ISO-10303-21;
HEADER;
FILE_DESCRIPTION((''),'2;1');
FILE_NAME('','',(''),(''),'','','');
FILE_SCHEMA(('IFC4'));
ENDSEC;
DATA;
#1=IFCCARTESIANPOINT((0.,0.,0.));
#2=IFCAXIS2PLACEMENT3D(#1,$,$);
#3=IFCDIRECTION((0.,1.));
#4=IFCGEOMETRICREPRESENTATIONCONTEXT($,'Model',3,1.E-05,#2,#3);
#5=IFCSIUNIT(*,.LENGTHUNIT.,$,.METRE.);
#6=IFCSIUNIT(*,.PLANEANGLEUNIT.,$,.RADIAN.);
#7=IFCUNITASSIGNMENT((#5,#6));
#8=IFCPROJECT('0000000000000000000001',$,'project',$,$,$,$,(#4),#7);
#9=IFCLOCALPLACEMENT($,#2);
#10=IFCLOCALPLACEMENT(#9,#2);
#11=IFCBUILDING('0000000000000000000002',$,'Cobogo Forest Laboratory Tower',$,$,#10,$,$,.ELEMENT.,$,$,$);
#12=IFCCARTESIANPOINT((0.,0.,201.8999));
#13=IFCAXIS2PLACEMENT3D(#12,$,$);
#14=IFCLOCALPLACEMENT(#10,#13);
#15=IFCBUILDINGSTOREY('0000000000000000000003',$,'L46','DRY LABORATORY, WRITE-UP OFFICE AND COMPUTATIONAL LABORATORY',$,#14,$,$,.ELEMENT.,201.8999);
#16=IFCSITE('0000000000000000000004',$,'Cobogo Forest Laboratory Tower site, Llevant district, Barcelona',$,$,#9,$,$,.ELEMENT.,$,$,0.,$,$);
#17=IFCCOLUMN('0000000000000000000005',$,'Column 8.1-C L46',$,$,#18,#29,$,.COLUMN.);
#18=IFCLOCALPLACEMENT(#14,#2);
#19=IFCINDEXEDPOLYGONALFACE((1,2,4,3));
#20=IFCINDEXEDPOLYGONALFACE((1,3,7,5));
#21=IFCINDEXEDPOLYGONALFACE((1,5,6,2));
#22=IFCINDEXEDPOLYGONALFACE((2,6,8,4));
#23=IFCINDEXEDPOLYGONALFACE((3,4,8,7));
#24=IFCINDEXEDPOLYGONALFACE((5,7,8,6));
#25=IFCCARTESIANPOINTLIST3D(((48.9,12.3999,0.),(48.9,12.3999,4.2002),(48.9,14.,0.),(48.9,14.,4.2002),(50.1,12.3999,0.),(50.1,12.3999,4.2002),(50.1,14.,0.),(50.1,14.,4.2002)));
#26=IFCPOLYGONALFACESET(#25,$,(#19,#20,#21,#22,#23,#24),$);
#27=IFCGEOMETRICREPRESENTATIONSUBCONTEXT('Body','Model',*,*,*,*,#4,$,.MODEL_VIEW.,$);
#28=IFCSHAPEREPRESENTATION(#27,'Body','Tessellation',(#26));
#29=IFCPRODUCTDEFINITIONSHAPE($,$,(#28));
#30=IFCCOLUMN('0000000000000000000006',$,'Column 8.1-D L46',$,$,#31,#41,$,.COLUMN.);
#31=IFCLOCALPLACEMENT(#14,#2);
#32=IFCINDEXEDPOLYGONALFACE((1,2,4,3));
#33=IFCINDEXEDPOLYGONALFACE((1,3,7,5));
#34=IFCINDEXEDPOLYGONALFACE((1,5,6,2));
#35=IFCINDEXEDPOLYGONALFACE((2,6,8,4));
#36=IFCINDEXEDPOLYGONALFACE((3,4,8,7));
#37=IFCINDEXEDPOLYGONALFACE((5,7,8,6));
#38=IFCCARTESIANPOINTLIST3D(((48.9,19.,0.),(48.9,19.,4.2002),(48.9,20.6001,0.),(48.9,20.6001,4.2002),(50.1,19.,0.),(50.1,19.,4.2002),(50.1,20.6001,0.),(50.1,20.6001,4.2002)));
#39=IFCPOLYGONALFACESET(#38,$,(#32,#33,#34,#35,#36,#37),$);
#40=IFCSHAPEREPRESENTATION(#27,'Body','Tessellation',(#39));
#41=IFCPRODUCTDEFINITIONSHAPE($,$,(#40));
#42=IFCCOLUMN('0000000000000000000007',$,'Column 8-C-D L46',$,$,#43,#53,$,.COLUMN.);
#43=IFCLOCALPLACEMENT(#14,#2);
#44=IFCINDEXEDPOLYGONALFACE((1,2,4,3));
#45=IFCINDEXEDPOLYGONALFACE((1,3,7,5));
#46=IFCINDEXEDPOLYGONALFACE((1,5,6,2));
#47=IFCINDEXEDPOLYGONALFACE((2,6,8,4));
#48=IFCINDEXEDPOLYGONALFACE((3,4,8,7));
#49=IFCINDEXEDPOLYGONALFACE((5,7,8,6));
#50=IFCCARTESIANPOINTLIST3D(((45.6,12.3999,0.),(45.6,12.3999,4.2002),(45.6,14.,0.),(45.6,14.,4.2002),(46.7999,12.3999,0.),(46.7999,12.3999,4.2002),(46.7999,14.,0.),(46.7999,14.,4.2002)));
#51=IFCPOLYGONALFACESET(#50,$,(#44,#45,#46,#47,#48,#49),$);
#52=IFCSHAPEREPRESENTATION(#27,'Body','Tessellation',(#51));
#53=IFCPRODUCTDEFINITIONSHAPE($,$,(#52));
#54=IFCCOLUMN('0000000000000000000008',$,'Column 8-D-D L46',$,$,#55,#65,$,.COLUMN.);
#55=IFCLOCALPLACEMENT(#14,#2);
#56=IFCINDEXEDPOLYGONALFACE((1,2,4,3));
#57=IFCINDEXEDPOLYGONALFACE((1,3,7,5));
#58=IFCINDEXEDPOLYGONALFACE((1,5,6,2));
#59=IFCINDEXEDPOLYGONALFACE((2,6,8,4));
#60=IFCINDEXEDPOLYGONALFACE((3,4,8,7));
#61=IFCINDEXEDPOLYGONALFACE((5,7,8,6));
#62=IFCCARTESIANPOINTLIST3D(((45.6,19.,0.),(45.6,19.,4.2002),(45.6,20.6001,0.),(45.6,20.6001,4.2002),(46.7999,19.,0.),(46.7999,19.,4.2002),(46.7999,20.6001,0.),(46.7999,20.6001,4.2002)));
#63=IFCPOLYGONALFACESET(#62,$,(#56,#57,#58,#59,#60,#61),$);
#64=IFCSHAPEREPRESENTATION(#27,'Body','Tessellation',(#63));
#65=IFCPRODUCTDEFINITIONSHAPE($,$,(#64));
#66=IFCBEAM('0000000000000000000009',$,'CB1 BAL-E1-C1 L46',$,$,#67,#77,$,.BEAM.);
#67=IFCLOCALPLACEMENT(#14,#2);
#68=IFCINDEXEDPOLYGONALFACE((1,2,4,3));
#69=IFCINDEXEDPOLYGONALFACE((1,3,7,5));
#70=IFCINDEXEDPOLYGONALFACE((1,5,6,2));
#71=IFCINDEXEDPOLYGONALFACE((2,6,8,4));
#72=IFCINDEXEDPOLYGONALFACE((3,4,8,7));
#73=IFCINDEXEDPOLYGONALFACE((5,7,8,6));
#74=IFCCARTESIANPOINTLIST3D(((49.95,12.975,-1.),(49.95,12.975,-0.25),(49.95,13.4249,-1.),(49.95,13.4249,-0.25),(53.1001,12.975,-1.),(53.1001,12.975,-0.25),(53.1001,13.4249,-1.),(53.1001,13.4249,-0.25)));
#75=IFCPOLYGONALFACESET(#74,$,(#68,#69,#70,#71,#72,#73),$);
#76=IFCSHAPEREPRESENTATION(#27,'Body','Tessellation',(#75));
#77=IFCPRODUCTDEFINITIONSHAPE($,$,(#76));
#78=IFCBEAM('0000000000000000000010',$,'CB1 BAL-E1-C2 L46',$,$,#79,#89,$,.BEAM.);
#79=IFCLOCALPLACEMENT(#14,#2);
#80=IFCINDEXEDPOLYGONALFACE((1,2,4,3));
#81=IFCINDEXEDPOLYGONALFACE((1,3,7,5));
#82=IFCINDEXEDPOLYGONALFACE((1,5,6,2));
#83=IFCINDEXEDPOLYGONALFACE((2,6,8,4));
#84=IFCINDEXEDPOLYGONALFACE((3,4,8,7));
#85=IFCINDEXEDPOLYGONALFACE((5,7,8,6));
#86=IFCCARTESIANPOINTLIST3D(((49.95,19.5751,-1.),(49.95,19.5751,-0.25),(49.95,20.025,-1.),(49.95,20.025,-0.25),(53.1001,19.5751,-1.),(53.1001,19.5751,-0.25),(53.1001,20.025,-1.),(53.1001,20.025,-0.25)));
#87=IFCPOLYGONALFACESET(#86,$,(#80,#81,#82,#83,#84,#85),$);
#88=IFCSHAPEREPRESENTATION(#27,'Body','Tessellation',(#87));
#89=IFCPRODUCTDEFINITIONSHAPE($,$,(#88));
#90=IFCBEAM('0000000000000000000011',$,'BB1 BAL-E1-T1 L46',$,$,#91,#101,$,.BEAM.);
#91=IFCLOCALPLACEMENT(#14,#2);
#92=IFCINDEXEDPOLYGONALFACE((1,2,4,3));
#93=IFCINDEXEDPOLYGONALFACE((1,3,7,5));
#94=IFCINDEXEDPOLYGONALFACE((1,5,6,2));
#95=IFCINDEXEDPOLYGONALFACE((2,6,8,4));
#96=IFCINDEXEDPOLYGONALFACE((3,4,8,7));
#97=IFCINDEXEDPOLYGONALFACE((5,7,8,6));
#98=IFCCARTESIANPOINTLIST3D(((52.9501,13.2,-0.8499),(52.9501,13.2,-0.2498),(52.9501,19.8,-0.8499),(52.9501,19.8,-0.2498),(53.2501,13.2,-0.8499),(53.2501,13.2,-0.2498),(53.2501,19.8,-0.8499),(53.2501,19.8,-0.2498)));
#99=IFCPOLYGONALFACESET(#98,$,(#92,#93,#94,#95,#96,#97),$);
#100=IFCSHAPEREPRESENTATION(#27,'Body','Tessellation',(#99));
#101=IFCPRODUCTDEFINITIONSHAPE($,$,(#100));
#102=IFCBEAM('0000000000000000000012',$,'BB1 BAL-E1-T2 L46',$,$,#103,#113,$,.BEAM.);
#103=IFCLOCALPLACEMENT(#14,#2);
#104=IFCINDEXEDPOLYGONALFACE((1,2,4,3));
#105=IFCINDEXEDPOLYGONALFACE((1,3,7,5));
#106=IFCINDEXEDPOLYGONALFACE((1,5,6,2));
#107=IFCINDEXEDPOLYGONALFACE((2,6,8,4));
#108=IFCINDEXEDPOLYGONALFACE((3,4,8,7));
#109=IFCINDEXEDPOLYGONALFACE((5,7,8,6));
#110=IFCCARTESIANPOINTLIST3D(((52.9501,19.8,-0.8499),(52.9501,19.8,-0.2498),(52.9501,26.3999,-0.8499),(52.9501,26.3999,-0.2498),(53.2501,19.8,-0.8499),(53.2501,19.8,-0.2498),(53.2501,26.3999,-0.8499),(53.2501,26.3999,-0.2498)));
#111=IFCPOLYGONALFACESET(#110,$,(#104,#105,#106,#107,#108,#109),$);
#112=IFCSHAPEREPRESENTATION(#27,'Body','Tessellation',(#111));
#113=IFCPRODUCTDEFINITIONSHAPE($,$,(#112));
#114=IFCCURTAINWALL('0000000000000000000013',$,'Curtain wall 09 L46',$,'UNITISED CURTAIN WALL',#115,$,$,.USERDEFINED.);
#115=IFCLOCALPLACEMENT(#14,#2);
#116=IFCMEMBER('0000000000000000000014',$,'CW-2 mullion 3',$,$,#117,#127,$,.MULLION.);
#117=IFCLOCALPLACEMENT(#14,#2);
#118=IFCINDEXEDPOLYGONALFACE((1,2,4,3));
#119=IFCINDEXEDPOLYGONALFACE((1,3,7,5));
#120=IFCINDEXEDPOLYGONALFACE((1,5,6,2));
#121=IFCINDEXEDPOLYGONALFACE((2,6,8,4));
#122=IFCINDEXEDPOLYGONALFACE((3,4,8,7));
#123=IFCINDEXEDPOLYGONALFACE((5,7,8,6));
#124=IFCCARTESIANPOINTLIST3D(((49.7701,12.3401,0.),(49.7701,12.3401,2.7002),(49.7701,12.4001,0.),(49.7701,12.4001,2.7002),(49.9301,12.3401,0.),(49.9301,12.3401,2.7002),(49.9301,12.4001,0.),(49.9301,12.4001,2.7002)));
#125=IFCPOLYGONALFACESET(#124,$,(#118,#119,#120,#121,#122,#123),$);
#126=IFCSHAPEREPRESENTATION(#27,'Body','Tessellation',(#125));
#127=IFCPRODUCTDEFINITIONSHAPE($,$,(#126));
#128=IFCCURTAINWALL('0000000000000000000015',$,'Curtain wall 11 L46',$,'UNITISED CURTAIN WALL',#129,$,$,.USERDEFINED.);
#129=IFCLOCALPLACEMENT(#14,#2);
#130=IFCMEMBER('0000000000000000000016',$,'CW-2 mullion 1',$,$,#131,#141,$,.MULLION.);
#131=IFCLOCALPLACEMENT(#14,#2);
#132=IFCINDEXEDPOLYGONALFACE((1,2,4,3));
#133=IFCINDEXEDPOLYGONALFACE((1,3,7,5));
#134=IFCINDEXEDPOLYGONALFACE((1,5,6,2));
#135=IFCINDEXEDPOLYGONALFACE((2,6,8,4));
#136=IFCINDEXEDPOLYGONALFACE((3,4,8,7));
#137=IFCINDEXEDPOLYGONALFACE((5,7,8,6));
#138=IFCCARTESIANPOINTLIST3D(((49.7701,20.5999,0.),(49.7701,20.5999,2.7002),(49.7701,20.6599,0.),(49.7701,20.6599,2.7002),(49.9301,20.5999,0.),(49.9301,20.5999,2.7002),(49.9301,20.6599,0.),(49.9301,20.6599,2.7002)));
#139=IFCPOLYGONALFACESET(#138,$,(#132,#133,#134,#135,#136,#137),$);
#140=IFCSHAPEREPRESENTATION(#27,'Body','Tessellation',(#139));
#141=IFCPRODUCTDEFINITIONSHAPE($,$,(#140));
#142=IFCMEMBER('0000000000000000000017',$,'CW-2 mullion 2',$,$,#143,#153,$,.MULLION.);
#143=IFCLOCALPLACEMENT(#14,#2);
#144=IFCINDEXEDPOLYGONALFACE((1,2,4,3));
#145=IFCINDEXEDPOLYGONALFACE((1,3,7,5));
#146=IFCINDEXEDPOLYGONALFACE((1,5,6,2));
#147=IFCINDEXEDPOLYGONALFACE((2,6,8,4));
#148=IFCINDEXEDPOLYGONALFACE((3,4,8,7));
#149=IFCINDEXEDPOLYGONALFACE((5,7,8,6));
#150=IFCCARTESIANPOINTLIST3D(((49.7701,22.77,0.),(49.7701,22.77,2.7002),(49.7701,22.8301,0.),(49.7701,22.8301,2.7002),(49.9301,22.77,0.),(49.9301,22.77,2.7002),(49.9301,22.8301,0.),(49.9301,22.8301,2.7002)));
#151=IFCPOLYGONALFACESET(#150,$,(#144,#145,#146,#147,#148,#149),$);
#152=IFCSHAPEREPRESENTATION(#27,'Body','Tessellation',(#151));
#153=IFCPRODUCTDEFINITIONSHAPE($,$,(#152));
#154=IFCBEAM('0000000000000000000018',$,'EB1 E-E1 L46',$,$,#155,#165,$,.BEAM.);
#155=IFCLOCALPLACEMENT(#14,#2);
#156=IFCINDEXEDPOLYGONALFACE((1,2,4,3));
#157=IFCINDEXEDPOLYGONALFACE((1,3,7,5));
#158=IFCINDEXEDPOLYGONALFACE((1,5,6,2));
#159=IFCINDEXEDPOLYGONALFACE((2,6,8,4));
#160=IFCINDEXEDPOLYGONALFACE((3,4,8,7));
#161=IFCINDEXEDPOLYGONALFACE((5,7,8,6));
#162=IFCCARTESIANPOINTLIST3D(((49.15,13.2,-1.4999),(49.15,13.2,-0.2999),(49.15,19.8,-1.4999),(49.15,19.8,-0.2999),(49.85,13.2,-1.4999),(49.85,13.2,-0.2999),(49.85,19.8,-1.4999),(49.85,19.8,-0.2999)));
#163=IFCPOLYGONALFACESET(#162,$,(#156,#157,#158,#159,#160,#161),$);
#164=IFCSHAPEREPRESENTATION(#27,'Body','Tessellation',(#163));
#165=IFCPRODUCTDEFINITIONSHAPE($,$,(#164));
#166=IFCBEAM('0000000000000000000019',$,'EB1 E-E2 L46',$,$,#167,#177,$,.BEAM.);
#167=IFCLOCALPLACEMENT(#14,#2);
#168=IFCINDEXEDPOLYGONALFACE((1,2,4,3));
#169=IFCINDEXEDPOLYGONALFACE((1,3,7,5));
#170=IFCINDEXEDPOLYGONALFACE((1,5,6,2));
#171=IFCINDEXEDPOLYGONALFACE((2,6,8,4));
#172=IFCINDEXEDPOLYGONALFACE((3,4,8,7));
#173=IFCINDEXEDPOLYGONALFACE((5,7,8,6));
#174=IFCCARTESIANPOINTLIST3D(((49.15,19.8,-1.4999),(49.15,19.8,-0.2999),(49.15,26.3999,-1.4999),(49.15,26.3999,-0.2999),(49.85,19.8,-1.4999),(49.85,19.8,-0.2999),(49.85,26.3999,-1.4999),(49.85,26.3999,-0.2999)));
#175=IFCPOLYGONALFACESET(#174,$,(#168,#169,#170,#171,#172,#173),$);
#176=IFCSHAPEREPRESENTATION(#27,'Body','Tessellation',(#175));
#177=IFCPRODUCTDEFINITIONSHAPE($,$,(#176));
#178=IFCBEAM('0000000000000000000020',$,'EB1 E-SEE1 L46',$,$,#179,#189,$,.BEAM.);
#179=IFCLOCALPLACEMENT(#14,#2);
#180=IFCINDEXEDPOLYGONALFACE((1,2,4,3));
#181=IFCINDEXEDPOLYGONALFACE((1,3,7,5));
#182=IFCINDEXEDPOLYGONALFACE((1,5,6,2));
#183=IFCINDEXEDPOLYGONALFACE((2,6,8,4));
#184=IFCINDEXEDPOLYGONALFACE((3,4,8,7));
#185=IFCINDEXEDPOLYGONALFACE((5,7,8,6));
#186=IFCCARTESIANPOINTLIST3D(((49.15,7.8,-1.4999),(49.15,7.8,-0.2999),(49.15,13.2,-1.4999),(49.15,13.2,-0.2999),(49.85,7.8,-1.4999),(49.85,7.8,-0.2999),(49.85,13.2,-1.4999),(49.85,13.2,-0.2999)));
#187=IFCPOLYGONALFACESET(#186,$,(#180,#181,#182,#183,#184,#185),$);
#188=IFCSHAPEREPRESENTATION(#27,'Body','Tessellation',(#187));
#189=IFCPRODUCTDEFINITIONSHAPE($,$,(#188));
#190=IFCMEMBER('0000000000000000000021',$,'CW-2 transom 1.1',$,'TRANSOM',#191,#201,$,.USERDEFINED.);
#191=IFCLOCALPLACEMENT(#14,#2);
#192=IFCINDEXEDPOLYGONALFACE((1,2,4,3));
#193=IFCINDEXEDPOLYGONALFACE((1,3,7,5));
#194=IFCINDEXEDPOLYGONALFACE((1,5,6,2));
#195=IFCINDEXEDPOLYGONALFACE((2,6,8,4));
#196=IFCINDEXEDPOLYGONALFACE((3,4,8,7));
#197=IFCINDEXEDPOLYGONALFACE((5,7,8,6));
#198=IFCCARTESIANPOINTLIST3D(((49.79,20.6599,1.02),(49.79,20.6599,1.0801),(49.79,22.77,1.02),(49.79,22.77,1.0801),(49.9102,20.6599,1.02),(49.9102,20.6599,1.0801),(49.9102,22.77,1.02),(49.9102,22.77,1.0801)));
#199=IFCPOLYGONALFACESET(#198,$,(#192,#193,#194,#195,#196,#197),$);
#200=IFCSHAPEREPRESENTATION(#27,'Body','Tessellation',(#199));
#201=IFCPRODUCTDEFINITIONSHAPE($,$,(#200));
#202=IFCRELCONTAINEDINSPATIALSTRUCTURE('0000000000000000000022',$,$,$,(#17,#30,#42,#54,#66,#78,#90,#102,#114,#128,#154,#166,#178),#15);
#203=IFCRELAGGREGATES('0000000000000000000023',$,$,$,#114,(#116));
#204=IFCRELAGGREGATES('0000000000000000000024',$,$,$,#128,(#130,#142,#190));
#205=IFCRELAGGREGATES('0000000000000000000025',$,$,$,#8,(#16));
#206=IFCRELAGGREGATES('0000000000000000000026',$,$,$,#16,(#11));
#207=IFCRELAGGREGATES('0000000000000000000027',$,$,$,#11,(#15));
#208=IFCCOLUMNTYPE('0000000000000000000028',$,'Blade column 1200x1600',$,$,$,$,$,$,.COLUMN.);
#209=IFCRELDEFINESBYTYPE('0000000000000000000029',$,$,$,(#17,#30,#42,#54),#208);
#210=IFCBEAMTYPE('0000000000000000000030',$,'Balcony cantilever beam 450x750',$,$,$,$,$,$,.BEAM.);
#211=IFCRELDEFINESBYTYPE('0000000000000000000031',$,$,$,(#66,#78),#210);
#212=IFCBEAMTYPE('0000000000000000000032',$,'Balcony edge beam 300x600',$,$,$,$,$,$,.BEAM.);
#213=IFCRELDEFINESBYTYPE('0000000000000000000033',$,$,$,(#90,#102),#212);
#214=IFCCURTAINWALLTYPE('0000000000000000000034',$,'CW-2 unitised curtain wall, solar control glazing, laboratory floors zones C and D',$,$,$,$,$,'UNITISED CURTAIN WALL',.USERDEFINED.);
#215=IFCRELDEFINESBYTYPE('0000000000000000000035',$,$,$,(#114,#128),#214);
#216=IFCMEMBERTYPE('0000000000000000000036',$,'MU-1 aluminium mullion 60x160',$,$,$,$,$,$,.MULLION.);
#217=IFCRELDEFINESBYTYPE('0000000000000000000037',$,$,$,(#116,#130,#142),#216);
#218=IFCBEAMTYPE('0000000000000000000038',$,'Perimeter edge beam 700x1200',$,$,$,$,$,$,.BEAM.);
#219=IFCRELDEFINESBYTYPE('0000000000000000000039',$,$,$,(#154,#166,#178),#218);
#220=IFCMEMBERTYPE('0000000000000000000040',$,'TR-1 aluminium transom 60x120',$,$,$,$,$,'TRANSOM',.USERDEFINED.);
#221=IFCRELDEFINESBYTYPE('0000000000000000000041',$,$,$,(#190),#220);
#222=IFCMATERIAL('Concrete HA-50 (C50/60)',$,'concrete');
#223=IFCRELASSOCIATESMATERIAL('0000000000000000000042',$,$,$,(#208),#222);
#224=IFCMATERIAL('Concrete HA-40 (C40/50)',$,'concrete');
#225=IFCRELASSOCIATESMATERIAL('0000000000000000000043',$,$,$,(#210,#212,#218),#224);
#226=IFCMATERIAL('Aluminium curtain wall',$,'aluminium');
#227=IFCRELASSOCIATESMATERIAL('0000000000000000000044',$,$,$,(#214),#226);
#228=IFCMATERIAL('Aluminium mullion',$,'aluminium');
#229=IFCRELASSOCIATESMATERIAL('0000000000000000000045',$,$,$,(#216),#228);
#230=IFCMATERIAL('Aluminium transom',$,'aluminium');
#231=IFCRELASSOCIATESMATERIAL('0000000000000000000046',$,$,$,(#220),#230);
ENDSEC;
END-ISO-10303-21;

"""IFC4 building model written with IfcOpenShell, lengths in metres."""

from ifc_helpers import new_model, si_unit, direction, frame, origin, origin_2d, place, context, subcontext, project, spatial, rectangle, extrude, material, material_profile, profile_set, type_object, element, aggregate, save


model = new_model("IFC4")

# Units and contexts
model_context = context("Model", 3, precision=1e-05, world=origin(), true_north=direction((0.0, 1.0)))
body_context = subcontext(model_context, "Body", "Model", "MODEL_VIEW")
ifc_project = project(units=[si_unit("LENGTHUNIT", "METRE"), si_unit("PLANEANGLEUNIT", "RADIAN")], contexts=[model_context])

# Site, building, storey
site_placement = place(None, origin())
site = spatial("IfcSite", under=ifc_project, at=site_placement, Name="Cobogo Forest Laboratory Tower site, Llevant district, Barcelona", CompositionType="ELEMENT", RefElevation=0.0)
building_placement = place(site_placement, origin())
building = spatial("IfcBuilding", under=site, at=building_placement, Name="Cobogo Forest Laboratory Tower", CompositionType="ELEMENT")
storey_placement = place(building_placement, frame((0.0, 0.0, 201.8999)))
storey = spatial("IfcBuildingStorey", under=building, at=storey_placement, Name="L46", Description="DRY LABORATORY, WRITE-UP OFFICE AND COMPUTATIONAL LABORATORY", CompositionType="ELEMENT", Elevation=201.8999)

# Columns
ifc_material_1 = material(Name="Concrete HA-50 (C50/60)", Category="concrete")
ifc_material_profile_1 = material_profile(ifc_material_1, rectangle(XDim=1.6001, YDim=1.2, at=origin_2d()), Name="RC 1200x1600")
ifc_profile_set_1 = profile_set([ifc_material_profile_1], Name="Concrete HA-50 (C50/60)")
column_type = type_object("IfcColumnType", Name="Blade column 1200x1600", PredefinedType="COLUMN", material=ifc_profile_set_1)
for number, where, z_axis, x_axis, name in (
    (1, (49.5, 13.2, 0.0), (0.0, 0.0, 1.0), (0.0, 1.0, 0.0), "Column 8.1-C L46"),
    (2, (49.5, 19.8, 0.0), (0.0, 0.0, 1.0), (0.0, 1.0, 0.0), "Column 8.1-D L46"),
    (3, (46.2, 13.2, 0.0), (0.0, 0.0, 1.0), (0.0, 1.0, 0.0), "Column 8-C-D L46"),
    (4, (46.2, 19.8, 0.0), (0.0, 0.0, 1.0), (0.0, 1.0, 0.0), "Column 8-D-D L46"),
):
    element("IfcColumn", number, at=place(storey_placement, frame(where, z_axis=z_axis, x_axis=x_axis)), inside=storey, type_object=column_type, Name=name, PredefinedType="COLUMN", context=body_context, shape_type="SweptSolid", body=[
        extrude(rectangle(XDim=1.6001, YDim=1.2, at=origin_2d()), origin(), (0.0, 0.0, 1.0), 4.2002),
    ])

# Beams
ifc_material_2 = material(Name="Concrete HA-40 (C40/50)", Category="concrete")
ifc_material_profile_2 = material_profile(ifc_material_2, rectangle(XDim=0.45, YDim=0.75, at=origin_2d()), Name="RC 450x750")
ifc_profile_set_2 = profile_set([ifc_material_profile_2], Name="Concrete HA-40 (C40/50)")
beam_type_1 = type_object("IfcBeamType", Name="Balcony cantilever beam 450x750", PredefinedType="BEAM", material=ifc_profile_set_2)
for number, where, z_axis, x_axis, name in (
    (5, (49.95, 13.2, -0.625), (1.0, 0.0, 0.0), (0.0, 1.0, 0.0), "CB1 BAL-E1-C1 L46"),
    (6, (49.95, 19.8, -0.625), (1.0, 0.0, 0.0), (0.0, 1.0, 0.0), "CB1 BAL-E1-C2 L46"),
):
    element("IfcBeam", number, at=place(storey_placement, frame(where, z_axis=z_axis, x_axis=x_axis)), inside=storey, type_object=beam_type_1, Name=name, PredefinedType="BEAM", context=body_context, shape_type="SweptSolid", body=[
        extrude(rectangle(XDim=0.45, YDim=0.75, at=origin_2d()), origin(), (0.0, 0.0, 1.0), 3.1501),
    ])
ifc_material_profile_3 = material_profile(ifc_material_2, rectangle(XDim=0.3, YDim=0.6001, at=origin_2d()), Name="RC 300x600")
ifc_profile_set_3 = profile_set([ifc_material_profile_3], Name="Concrete HA-40 (C40/50)")
beam_type_2 = type_object("IfcBeamType", Name="Balcony edge beam 300x600", PredefinedType="BEAM", material=ifc_profile_set_3)
beam_1_placement = place(storey_placement, frame((53.1001, 13.2, -0.5498), z_axis=(0.0, 1.0, 0.0), x_axis=(-1.0, 0.0, 0.0)))
element("IfcBeam", 7, at=beam_1_placement, inside=storey, type_object=beam_type_2, Name="BB1 BAL-E1-T1 L46", PredefinedType="BEAM", context=body_context, shape_type="SweptSolid", body=[
    extrude(rectangle(XDim=0.3, YDim=0.6001, at=origin_2d()), origin(), (0.0, 0.0, 1.0), 6.6001),
])
beam_2_placement = place(storey_placement, frame((53.1001, 19.8, -0.5498), z_axis=(0.0, 1.0, 0.0), x_axis=(-1.0, 0.0, 0.0)))
element("IfcBeam", 8, at=beam_2_placement, inside=storey, type_object=beam_type_2, Name="BB1 BAL-E1-T2 L46", PredefinedType="BEAM", context=body_context, shape_type="SweptSolid", body=[
    extrude(rectangle(XDim=0.3, YDim=0.6001, at=origin_2d()), origin(), (0.0, 0.0, 1.0), 6.5999),
])

# Curtain wall, member
ifc_material_3 = material(Name="Aluminium curtain wall", Category="aluminium")
curtain_wall_type = type_object("IfcCurtainWallType", Name="CW-2 unitised curtain wall, solar control glazing, laboratory floors zones C and D", ElementType="UNITISED CURTAIN WALL", PredefinedType="USERDEFINED", material=ifc_material_3)
curtain_wall_1_placement = place(storey_placement, origin())
curtain_wall_1 = element("IfcCurtainWall", 9, at=curtain_wall_1_placement, inside=storey, type_object=curtain_wall_type, Name="Curtain wall 09 L46", ObjectType="UNITISED CURTAIN WALL", PredefinedType="USERDEFINED")
ifc_material_4 = material(Name="Aluminium mullion", Category="aluminium")
ifc_material_profile_4 = material_profile(ifc_material_4, rectangle(XDim=0.0601, YDim=0.1599, at=origin_2d()), Name="AL 60x160")
ifc_profile_set_4 = profile_set([ifc_material_profile_4], Name="Aluminium mullion")
member_type_1 = type_object("IfcMemberType", Name="MU-1 aluminium mullion 60x160", PredefinedType="MULLION", material=ifc_profile_set_4)
member_1_placement = place(storey_placement, frame((49.8501, 12.3701, 0.0), z_axis=(0.0, 0.0, 1.0), x_axis=(0.0, 1.0, 0.0)))
member_1 = element("IfcMember", 10, at=member_1_placement, type_object=member_type_1, Name="CW-2 mullion 3", PredefinedType="MULLION", context=body_context, shape_type="SweptSolid", body=[
    extrude(rectangle(XDim=0.0601, YDim=0.1599, at=origin_2d()), origin(), (0.0, 0.0, 1.0), 2.7002),
])

# Curtain wall, members
curtain_wall_2_placement = place(storey_placement, origin())
curtain_wall_2 = element("IfcCurtainWall", 11, at=curtain_wall_2_placement, inside=storey, type_object=curtain_wall_type, Name="Curtain wall 11 L46", ObjectType="UNITISED CURTAIN WALL", PredefinedType="USERDEFINED")
member_2_placement = place(storey_placement, frame((49.8501, 20.6299, 0.0), z_axis=(0.0, 0.0, 1.0), x_axis=(0.0, 1.0, 0.0)))
member_2 = element("IfcMember", 12, at=member_2_placement, type_object=member_type_1, Name="CW-2 mullion 1", PredefinedType="MULLION", context=body_context, shape_type="SweptSolid", body=[
    extrude(rectangle(XDim=0.0601, YDim=0.1599, at=origin_2d()), origin(), (0.0, 0.0, 1.0), 2.7002),
])
member_3_placement = place(storey_placement, frame((49.8501, 22.8, 0.0), z_axis=(0.0, 0.0, 1.0), x_axis=(0.0, 1.0, 0.0)))
member_3 = element("IfcMember", 13, at=member_3_placement, type_object=member_type_1, Name="CW-2 mullion 2", PredefinedType="MULLION", context=body_context, shape_type="SweptSolid", body=[
    extrude(rectangle(XDim=0.0601, YDim=0.1599, at=origin_2d()), origin(), (0.0, 0.0, 1.0), 2.7002),
])

# Beams
ifc_material_profile_5 = material_profile(ifc_material_2, rectangle(XDim=0.7, YDim=1.2, at=origin_2d()), Name="RC 700x1200")
ifc_profile_set_5 = profile_set([ifc_material_profile_5], Name="Concrete HA-40 (C40/50)")
beam_type_3 = type_object("IfcBeamType", Name="Perimeter edge beam 700x1200", PredefinedType="BEAM", material=ifc_profile_set_5)
beam_3_placement = place(storey_placement, frame((49.5, 13.2, -0.8999), z_axis=(0.0, 1.0, 0.0), x_axis=(-1.0, 0.0, 0.0)))
element("IfcBeam", 14, at=beam_3_placement, inside=storey, type_object=beam_type_3, Name="EB1 E-E1 L46", PredefinedType="BEAM", context=body_context, shape_type="SweptSolid", body=[
    extrude(rectangle(XDim=0.7, YDim=1.2, at=origin_2d()), origin(), (0.0, 0.0, 1.0), 6.6001),
])
beam_4_placement = place(storey_placement, frame((49.5, 19.8, -0.8999), z_axis=(0.0, 1.0, 0.0), x_axis=(-1.0, 0.0, 0.0)))
element("IfcBeam", 15, at=beam_4_placement, inside=storey, type_object=beam_type_3, Name="EB1 E-E2 L46", PredefinedType="BEAM", context=body_context, shape_type="SweptSolid", body=[
    extrude(rectangle(XDim=0.7, YDim=1.2, at=origin_2d()), origin(), (0.0, 0.0, 1.0), 6.5999),
])
beam_5_placement = place(storey_placement, frame((49.5, 13.2, -0.8999), z_axis=(0.0, -1.0, 0.0), x_axis=(1.0, 0.0, 0.0)))
element("IfcBeam", 16, at=beam_5_placement, inside=storey, type_object=beam_type_3, Name="EB1 E-SEE1 L46", PredefinedType="BEAM", context=body_context, shape_type="SweptSolid", body=[
    extrude(rectangle(XDim=0.7, YDim=1.2, at=origin_2d()), origin(), (0.0, 0.0, 1.0), 5.3999),
])

# Member
ifc_material_5 = material(Name="Aluminium transom", Category="aluminium")
ifc_material_profile_6 = material_profile(ifc_material_5, rectangle(XDim=0.1201, YDim=0.0601, at=origin_2d()), Name="AL 60x120")
ifc_profile_set_6 = profile_set([ifc_material_profile_6], Name="Aluminium transom")
member_type_2 = type_object("IfcMemberType", Name="TR-1 aluminium transom 60x120", ElementType="TRANSOM", PredefinedType="USERDEFINED", material=ifc_profile_set_6)
member_4_placement = place(storey_placement, frame((49.8501, 20.6599, 1.05), z_axis=(0.0, 1.0, 0.0), x_axis=(-1.0, 0.0, 0.0)))
member_4 = element("IfcMember", 17, at=member_4_placement, type_object=member_type_2, Name="CW-2 transom 1.1", ObjectType="TRANSOM", PredefinedType="USERDEFINED", context=body_context, shape_type="SweptSolid", body=[
    extrude(rectangle(XDim=0.1201, YDim=0.0601, at=origin_2d()), origin(), (0.0, 0.0, 1.0), 2.1101),
])

aggregate(curtain_wall_1, [member_1])
aggregate(curtain_wall_2, [member_2, member_3, member_4])

save(model, "model.ifc")
